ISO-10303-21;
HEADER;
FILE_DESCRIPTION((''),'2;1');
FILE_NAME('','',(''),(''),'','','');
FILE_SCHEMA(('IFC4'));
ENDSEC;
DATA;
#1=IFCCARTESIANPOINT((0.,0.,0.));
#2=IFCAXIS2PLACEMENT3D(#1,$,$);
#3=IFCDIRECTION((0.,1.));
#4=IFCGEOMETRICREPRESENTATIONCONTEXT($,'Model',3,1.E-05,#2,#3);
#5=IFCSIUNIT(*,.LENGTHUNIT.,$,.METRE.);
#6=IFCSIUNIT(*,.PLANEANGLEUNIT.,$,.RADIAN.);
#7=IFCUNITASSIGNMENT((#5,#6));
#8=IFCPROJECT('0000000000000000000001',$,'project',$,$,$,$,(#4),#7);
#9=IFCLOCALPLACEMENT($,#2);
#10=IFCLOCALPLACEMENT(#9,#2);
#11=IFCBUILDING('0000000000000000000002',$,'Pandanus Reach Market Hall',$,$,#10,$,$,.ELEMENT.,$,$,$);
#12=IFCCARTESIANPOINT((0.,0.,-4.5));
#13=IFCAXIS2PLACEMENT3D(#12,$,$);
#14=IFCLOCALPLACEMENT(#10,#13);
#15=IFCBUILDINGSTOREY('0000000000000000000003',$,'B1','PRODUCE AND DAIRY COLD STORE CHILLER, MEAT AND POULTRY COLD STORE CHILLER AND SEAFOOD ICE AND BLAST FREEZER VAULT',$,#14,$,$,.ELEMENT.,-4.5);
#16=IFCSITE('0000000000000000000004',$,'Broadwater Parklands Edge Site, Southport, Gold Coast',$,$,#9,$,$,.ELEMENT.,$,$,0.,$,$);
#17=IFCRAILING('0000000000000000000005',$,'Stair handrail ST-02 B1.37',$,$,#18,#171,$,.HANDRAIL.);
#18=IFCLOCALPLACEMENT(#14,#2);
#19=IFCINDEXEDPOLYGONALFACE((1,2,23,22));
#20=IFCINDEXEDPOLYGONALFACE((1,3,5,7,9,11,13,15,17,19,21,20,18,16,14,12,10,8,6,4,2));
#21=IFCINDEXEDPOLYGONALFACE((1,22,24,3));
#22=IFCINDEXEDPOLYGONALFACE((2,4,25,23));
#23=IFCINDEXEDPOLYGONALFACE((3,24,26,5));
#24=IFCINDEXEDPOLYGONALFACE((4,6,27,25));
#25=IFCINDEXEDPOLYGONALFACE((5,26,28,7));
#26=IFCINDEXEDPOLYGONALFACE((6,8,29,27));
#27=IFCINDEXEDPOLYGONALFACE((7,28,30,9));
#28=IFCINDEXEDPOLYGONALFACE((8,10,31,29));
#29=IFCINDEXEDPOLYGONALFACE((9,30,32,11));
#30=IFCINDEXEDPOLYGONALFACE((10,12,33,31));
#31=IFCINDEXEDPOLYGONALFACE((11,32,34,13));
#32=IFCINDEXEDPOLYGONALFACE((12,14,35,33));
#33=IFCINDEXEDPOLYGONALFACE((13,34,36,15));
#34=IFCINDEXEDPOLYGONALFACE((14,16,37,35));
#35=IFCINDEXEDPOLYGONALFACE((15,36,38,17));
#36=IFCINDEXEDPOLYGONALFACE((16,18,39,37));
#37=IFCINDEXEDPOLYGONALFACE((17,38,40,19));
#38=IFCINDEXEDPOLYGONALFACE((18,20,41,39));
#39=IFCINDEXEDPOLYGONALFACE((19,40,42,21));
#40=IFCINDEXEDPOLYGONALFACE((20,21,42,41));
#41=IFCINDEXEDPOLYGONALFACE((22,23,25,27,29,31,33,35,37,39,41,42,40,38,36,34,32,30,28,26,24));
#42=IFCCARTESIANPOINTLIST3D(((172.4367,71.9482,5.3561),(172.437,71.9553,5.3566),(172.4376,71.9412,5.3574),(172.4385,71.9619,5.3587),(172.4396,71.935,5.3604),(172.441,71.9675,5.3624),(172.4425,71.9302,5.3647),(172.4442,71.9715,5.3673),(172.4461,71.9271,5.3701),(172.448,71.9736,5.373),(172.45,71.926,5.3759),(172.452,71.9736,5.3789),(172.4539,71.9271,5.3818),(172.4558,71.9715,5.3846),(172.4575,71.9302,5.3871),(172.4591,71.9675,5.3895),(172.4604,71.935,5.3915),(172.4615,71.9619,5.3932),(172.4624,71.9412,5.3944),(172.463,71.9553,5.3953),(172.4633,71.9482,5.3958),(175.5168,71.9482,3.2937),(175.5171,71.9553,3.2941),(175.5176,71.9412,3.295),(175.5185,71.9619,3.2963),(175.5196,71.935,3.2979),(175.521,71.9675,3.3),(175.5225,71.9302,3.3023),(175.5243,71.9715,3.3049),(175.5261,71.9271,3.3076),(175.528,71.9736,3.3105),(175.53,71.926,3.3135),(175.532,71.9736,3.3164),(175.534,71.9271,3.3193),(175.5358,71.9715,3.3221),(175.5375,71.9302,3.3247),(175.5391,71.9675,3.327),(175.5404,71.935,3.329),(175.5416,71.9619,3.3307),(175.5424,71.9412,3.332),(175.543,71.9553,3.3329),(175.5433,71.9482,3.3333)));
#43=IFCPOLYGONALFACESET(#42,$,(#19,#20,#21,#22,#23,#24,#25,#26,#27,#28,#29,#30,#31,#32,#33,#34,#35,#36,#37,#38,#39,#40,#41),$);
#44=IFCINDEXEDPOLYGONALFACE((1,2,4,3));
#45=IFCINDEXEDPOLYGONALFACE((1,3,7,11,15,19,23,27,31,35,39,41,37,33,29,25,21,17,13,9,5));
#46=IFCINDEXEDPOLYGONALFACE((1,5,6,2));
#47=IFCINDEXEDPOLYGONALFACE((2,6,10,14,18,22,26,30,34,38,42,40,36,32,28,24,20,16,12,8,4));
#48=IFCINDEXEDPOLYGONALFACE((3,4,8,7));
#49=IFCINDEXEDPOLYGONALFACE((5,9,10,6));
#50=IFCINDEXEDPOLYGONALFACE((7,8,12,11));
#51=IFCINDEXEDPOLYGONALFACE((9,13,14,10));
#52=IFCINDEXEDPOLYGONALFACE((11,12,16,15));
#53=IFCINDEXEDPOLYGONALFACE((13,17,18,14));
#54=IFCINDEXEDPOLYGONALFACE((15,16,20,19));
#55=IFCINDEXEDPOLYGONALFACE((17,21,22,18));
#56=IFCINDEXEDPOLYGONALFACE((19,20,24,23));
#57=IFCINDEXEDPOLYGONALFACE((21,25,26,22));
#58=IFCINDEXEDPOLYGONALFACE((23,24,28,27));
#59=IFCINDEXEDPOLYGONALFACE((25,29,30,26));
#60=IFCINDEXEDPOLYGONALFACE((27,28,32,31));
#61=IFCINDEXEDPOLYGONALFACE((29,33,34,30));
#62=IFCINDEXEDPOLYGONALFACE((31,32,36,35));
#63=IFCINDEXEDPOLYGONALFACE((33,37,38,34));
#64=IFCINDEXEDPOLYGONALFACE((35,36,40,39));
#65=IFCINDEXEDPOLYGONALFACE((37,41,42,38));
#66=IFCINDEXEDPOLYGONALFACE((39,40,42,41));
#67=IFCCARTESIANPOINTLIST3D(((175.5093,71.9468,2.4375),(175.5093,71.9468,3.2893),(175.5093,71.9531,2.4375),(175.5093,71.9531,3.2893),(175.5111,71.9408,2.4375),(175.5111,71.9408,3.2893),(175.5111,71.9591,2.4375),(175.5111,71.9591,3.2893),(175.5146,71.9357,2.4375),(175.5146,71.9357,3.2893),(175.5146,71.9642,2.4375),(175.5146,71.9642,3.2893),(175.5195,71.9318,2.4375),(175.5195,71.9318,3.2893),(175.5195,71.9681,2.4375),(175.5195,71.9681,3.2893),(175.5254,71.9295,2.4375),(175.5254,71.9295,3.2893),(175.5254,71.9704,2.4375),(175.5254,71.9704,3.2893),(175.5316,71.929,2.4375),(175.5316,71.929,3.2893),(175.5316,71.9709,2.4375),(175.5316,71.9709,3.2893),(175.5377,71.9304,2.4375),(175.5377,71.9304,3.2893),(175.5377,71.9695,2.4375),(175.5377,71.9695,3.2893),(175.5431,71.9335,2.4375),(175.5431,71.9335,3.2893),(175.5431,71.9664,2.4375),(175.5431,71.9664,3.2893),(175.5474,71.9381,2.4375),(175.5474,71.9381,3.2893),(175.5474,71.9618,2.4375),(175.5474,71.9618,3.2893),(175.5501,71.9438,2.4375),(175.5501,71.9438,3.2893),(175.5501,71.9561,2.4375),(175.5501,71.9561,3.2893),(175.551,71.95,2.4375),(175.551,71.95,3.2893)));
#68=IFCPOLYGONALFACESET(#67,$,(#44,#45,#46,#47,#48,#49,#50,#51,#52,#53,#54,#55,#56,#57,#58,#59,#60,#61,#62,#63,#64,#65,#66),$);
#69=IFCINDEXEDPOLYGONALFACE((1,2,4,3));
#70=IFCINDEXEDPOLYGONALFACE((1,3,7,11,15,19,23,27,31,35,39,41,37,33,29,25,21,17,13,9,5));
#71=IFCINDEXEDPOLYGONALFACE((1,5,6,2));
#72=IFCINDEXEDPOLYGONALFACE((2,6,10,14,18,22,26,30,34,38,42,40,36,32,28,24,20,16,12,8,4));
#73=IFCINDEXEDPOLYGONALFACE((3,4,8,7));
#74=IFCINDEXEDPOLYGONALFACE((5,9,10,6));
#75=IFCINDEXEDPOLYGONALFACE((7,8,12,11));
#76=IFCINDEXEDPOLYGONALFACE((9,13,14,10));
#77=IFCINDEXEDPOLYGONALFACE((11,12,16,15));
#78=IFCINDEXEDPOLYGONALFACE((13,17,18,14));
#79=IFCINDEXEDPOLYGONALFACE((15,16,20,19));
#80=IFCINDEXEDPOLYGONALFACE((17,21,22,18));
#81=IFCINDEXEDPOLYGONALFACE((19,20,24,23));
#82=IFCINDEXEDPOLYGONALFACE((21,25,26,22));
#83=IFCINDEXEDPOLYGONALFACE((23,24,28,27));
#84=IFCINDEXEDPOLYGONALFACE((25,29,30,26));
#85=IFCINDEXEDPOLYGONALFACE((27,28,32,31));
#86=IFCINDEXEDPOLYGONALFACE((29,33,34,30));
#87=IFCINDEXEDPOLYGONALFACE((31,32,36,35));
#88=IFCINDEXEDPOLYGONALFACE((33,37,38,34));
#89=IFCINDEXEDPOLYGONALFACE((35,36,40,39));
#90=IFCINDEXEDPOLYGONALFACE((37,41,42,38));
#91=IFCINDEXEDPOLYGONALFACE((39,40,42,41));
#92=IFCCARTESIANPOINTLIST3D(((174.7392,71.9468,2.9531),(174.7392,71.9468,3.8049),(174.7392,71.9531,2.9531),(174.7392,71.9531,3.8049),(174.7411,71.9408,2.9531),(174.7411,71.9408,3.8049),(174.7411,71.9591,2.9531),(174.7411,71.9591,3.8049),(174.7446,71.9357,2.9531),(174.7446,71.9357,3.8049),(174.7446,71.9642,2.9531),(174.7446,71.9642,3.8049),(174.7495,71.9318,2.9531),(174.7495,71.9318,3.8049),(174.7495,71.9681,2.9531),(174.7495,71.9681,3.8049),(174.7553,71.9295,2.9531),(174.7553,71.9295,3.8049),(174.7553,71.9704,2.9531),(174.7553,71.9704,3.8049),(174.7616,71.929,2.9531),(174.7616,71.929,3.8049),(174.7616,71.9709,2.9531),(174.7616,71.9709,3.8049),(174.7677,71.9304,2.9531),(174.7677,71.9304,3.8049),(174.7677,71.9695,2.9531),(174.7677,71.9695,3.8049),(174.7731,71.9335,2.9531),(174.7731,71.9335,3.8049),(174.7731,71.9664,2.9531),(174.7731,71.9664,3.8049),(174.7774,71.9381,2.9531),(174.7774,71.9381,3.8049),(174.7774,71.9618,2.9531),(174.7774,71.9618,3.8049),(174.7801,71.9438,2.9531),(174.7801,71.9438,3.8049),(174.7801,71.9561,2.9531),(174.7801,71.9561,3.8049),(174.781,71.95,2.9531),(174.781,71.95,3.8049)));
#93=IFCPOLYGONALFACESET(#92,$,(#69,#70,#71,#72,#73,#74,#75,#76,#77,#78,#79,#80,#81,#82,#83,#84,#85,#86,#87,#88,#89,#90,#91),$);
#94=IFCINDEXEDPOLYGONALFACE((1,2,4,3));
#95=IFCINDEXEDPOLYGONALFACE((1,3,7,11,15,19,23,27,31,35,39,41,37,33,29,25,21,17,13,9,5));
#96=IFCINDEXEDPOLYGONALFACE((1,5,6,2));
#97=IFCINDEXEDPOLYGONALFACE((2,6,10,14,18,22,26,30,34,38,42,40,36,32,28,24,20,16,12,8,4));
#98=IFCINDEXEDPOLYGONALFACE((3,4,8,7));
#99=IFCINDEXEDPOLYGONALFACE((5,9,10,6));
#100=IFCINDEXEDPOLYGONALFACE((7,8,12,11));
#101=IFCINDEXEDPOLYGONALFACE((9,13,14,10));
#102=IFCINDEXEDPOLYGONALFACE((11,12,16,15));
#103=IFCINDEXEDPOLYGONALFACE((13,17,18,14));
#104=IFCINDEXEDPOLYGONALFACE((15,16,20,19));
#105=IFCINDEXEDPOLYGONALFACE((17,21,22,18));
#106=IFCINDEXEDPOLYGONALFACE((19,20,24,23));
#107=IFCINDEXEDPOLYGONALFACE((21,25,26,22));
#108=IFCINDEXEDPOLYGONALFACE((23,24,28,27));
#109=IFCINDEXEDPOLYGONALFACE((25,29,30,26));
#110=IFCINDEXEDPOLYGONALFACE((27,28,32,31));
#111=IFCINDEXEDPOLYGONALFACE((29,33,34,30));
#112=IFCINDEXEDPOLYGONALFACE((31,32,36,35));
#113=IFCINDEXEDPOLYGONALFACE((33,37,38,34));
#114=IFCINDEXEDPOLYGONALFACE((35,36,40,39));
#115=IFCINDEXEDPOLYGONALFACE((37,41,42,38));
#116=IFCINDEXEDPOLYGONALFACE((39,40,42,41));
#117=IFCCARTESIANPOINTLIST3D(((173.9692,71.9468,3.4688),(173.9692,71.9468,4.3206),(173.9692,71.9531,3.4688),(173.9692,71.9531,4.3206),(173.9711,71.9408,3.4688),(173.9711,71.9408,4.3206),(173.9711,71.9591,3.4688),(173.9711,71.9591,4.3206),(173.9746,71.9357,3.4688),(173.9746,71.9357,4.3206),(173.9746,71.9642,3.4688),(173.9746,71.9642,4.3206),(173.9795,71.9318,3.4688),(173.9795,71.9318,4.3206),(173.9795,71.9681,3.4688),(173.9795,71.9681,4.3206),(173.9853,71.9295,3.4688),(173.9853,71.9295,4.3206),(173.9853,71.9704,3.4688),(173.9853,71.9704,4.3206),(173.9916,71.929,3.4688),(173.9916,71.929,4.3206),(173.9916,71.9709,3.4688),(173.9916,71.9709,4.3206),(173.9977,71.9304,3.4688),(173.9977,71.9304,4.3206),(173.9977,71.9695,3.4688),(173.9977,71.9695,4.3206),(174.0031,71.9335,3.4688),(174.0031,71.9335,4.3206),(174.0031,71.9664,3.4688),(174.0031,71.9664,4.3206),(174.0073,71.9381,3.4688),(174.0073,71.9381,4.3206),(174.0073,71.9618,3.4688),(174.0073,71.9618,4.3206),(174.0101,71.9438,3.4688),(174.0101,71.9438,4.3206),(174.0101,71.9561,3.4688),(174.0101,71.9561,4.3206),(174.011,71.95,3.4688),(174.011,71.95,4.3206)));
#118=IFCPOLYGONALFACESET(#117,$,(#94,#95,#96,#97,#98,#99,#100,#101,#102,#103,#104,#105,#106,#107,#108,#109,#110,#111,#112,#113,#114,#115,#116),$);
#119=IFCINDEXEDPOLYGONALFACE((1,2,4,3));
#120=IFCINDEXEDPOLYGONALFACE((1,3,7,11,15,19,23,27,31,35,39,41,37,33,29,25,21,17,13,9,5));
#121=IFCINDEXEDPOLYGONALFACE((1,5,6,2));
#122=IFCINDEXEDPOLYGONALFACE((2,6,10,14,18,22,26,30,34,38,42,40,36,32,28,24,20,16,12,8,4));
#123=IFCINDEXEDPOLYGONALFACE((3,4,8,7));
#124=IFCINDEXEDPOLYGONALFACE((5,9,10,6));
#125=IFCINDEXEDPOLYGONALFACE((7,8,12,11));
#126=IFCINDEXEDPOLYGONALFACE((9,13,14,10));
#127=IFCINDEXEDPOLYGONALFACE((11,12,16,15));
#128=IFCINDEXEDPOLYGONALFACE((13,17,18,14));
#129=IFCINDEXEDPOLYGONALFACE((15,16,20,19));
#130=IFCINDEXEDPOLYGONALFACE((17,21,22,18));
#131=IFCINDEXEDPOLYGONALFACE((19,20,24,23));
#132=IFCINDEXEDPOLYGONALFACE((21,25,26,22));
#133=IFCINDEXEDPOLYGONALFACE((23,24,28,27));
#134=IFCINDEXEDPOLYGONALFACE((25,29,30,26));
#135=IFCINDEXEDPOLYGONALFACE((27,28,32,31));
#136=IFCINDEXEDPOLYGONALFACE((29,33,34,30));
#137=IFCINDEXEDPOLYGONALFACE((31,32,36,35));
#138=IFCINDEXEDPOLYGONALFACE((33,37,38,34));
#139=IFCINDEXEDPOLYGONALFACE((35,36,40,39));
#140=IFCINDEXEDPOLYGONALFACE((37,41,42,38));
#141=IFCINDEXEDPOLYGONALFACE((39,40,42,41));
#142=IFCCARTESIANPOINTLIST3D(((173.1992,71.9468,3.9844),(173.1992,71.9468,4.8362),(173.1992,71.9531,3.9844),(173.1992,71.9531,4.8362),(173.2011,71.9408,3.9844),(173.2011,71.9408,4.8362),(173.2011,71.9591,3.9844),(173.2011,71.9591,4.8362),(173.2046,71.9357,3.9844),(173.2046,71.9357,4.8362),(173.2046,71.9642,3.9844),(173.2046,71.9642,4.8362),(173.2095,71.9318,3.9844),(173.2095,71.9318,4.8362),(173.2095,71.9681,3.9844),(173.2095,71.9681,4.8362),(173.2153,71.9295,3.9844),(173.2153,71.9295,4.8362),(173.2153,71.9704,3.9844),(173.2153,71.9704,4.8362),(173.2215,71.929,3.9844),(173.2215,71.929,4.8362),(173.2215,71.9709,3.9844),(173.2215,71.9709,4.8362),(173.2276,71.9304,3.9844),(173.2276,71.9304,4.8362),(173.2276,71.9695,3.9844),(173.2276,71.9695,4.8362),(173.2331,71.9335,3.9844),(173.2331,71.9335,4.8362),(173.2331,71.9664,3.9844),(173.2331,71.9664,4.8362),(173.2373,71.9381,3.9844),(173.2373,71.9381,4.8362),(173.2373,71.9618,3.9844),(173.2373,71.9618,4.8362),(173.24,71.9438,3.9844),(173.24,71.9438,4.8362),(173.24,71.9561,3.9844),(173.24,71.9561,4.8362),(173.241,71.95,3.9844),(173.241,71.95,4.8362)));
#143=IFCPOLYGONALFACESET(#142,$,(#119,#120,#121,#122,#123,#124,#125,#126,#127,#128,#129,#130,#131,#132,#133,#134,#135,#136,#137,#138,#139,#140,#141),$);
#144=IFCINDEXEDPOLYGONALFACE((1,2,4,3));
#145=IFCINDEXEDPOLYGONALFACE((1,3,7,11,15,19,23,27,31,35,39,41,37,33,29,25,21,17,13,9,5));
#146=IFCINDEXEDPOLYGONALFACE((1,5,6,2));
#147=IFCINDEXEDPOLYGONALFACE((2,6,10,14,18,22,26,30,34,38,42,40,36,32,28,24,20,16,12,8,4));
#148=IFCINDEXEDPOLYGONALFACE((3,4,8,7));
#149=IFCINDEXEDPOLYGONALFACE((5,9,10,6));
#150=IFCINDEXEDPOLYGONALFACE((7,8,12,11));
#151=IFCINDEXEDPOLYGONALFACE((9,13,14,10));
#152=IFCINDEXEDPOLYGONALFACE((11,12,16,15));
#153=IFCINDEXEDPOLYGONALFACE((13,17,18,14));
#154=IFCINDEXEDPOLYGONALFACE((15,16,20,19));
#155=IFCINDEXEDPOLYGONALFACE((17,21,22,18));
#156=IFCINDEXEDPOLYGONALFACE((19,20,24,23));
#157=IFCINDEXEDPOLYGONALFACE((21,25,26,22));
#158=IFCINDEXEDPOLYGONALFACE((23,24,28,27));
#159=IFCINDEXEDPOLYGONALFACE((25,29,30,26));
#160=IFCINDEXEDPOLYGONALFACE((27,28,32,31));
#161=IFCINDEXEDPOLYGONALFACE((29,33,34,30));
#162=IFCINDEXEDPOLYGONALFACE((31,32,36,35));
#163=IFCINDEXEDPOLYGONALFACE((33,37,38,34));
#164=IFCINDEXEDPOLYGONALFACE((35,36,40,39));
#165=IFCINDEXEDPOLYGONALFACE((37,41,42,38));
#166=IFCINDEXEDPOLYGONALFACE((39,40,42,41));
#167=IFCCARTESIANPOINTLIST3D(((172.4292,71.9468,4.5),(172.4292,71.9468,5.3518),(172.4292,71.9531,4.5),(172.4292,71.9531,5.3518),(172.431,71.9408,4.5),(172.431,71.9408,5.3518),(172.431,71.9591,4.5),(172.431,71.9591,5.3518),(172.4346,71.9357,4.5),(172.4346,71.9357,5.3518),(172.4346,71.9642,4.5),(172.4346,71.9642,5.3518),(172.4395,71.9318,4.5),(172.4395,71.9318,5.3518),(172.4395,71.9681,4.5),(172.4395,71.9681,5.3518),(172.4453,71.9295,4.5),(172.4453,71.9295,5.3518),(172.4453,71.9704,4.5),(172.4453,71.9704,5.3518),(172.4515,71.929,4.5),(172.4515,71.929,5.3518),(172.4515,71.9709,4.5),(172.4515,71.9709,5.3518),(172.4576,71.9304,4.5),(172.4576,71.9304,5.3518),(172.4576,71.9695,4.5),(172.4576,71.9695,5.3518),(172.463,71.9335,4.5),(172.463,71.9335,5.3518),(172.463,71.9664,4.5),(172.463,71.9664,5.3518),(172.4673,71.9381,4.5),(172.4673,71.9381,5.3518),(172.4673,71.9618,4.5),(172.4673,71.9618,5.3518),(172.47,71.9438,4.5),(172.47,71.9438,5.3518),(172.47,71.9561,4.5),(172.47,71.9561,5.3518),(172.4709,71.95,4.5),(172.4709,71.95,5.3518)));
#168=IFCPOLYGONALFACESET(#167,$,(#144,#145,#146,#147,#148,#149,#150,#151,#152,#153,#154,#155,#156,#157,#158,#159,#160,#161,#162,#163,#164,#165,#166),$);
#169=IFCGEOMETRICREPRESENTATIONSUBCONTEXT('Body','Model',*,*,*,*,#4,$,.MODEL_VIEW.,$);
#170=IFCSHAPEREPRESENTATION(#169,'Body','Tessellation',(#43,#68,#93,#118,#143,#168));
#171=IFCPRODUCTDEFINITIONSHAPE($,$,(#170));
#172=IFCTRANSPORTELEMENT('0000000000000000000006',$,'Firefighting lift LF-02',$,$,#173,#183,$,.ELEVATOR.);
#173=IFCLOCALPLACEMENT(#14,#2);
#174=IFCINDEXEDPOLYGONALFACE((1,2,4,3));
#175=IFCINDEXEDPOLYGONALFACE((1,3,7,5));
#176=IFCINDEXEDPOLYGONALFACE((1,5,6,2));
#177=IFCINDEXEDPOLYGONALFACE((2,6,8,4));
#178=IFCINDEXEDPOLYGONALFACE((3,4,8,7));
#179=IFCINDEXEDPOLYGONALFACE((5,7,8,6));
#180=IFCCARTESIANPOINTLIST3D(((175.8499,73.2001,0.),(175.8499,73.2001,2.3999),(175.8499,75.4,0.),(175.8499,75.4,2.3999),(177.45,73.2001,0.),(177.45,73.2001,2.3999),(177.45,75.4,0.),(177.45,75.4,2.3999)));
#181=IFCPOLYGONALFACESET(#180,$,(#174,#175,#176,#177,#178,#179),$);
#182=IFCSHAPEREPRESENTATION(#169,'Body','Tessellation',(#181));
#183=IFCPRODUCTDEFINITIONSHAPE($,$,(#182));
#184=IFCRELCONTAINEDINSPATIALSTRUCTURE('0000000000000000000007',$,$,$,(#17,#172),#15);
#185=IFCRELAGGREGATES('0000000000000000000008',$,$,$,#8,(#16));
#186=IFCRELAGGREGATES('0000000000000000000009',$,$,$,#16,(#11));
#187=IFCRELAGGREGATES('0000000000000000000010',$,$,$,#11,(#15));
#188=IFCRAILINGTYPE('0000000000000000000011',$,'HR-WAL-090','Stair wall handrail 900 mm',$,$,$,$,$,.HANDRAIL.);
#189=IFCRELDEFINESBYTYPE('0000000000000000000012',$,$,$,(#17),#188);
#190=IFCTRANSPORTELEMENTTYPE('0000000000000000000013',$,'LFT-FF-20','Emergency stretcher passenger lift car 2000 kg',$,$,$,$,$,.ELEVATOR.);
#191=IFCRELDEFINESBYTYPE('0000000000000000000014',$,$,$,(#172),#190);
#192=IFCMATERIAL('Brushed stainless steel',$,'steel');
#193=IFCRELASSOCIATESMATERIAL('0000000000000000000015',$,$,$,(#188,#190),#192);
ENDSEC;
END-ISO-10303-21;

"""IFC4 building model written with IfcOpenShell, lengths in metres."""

from ifc_helpers import new_model, si_unit, direction, frame, origin, origin_2d, place, context, subcontext, project, spatial, rectangle, circle, extrude, material, type_object, element, save


model = new_model("IFC4")

# Units and contexts
model_context = context("Model", 3, precision=1e-05, world=origin(), true_north=direction((0.0, 1.0)))
body_context = subcontext(model_context, "Body", "Model", "MODEL_VIEW")
ifc_project = project(units=[si_unit("LENGTHUNIT", "METRE"), si_unit("PLANEANGLEUNIT", "RADIAN")], contexts=[model_context])

# Site, building, storey
site_placement = place(None, origin())
site = spatial("IfcSite", under=ifc_project, at=site_placement, Name="Broadwater Parklands Edge Site, Southport, Gold Coast", CompositionType="ELEMENT", RefElevation=0.0)
building_placement = place(site_placement, origin())
building = spatial("IfcBuilding", under=site, at=building_placement, Name="Pandanus Reach Market Hall", CompositionType="ELEMENT")
storey_placement = place(building_placement, frame((0.0, 0.0, -4.5)))
storey = spatial("IfcBuildingStorey", under=building, at=storey_placement, Name="B1", Description="PRODUCE AND DAIRY COLD STORE CHILLER, MEAT AND POULTRY COLD STORE CHILLER AND SEAFOOD ICE AND BLAST FREEZER VAULT", CompositionType="ELEMENT", Elevation=-4.5)

# Railing
ifc_material_1 = material(Name="Brushed stainless steel", Category="steel")
railing_type = type_object("IfcRailingType", Name="HR-WAL-090", Description="Stair wall handrail 900 mm", PredefinedType="HANDRAIL", material=ifc_material_1)
railing_placement = place(storey_placement, frame((175.53, 71.95, 2.4375)))
element("IfcRailing", 1, at=railing_placement, inside=storey, type_object=railing_type, Name="Stair handrail ST-02 B1.37", PredefinedType="HANDRAIL", context=body_context, shape_type="SweptSolid", body=[
    extrude(circle(Radius=0.0239, at=origin_2d()), frame((0.0, 0.0, 0.876), z_axis=(-0.830914, 0.0, 0.556401), x_axis=(0.0, -1.0, 0.0)), (0.0, 0.0, 1.0), 3.7068),
    extrude(circle(Radius=0.021, at=origin_2d()), origin(), (0.0, 0.0, 1.0), 0.8518),
    extrude(circle(Radius=0.021, at=origin_2d()), frame((-0.77, 0.0, 0.5156)), (0.0, 0.0, 1.0), 0.8518),
    extrude(circle(Radius=0.021, at=origin_2d()), frame((-1.54, 0.0, 1.0312)), (0.0, 0.0, 1.0), 0.8518),
    extrude(circle(Radius=0.021, at=origin_2d()), frame((-2.3101, 0.0, 1.5469)), (0.0, 0.0, 1.0), 0.8518),
    extrude(circle(Radius=0.021, at=origin_2d()), frame((-3.0801, 0.0, 2.0625)), (0.0, 0.0, 1.0), 0.8518),
])

# Transport element
transport_element_type = type_object("IfcTransportElementType", Name="LFT-FF-20", Description="Emergency stretcher passenger lift car 2000 kg", PredefinedType="ELEVATOR", material=ifc_material_1)
transport_element_placement = place(storey_placement, frame((176.6499, 74.3, 0.0), z_axis=(0.0, 0.0, 1.0), x_axis=(1.0, 0.0, 0.0)))
element("IfcTransportElement", 2, at=transport_element_placement, inside=storey, type_object=transport_element_type, Name="Firefighting lift LF-02", PredefinedType="ELEVATOR", context=body_context, shape_type="SweptSolid", body=[
    extrude(rectangle(XDim=1.6001, YDim=2.2, at=origin_2d()), origin(), (0.0, 0.0, 1.0), 2.3999),
])

save(model, "model.ifc")
